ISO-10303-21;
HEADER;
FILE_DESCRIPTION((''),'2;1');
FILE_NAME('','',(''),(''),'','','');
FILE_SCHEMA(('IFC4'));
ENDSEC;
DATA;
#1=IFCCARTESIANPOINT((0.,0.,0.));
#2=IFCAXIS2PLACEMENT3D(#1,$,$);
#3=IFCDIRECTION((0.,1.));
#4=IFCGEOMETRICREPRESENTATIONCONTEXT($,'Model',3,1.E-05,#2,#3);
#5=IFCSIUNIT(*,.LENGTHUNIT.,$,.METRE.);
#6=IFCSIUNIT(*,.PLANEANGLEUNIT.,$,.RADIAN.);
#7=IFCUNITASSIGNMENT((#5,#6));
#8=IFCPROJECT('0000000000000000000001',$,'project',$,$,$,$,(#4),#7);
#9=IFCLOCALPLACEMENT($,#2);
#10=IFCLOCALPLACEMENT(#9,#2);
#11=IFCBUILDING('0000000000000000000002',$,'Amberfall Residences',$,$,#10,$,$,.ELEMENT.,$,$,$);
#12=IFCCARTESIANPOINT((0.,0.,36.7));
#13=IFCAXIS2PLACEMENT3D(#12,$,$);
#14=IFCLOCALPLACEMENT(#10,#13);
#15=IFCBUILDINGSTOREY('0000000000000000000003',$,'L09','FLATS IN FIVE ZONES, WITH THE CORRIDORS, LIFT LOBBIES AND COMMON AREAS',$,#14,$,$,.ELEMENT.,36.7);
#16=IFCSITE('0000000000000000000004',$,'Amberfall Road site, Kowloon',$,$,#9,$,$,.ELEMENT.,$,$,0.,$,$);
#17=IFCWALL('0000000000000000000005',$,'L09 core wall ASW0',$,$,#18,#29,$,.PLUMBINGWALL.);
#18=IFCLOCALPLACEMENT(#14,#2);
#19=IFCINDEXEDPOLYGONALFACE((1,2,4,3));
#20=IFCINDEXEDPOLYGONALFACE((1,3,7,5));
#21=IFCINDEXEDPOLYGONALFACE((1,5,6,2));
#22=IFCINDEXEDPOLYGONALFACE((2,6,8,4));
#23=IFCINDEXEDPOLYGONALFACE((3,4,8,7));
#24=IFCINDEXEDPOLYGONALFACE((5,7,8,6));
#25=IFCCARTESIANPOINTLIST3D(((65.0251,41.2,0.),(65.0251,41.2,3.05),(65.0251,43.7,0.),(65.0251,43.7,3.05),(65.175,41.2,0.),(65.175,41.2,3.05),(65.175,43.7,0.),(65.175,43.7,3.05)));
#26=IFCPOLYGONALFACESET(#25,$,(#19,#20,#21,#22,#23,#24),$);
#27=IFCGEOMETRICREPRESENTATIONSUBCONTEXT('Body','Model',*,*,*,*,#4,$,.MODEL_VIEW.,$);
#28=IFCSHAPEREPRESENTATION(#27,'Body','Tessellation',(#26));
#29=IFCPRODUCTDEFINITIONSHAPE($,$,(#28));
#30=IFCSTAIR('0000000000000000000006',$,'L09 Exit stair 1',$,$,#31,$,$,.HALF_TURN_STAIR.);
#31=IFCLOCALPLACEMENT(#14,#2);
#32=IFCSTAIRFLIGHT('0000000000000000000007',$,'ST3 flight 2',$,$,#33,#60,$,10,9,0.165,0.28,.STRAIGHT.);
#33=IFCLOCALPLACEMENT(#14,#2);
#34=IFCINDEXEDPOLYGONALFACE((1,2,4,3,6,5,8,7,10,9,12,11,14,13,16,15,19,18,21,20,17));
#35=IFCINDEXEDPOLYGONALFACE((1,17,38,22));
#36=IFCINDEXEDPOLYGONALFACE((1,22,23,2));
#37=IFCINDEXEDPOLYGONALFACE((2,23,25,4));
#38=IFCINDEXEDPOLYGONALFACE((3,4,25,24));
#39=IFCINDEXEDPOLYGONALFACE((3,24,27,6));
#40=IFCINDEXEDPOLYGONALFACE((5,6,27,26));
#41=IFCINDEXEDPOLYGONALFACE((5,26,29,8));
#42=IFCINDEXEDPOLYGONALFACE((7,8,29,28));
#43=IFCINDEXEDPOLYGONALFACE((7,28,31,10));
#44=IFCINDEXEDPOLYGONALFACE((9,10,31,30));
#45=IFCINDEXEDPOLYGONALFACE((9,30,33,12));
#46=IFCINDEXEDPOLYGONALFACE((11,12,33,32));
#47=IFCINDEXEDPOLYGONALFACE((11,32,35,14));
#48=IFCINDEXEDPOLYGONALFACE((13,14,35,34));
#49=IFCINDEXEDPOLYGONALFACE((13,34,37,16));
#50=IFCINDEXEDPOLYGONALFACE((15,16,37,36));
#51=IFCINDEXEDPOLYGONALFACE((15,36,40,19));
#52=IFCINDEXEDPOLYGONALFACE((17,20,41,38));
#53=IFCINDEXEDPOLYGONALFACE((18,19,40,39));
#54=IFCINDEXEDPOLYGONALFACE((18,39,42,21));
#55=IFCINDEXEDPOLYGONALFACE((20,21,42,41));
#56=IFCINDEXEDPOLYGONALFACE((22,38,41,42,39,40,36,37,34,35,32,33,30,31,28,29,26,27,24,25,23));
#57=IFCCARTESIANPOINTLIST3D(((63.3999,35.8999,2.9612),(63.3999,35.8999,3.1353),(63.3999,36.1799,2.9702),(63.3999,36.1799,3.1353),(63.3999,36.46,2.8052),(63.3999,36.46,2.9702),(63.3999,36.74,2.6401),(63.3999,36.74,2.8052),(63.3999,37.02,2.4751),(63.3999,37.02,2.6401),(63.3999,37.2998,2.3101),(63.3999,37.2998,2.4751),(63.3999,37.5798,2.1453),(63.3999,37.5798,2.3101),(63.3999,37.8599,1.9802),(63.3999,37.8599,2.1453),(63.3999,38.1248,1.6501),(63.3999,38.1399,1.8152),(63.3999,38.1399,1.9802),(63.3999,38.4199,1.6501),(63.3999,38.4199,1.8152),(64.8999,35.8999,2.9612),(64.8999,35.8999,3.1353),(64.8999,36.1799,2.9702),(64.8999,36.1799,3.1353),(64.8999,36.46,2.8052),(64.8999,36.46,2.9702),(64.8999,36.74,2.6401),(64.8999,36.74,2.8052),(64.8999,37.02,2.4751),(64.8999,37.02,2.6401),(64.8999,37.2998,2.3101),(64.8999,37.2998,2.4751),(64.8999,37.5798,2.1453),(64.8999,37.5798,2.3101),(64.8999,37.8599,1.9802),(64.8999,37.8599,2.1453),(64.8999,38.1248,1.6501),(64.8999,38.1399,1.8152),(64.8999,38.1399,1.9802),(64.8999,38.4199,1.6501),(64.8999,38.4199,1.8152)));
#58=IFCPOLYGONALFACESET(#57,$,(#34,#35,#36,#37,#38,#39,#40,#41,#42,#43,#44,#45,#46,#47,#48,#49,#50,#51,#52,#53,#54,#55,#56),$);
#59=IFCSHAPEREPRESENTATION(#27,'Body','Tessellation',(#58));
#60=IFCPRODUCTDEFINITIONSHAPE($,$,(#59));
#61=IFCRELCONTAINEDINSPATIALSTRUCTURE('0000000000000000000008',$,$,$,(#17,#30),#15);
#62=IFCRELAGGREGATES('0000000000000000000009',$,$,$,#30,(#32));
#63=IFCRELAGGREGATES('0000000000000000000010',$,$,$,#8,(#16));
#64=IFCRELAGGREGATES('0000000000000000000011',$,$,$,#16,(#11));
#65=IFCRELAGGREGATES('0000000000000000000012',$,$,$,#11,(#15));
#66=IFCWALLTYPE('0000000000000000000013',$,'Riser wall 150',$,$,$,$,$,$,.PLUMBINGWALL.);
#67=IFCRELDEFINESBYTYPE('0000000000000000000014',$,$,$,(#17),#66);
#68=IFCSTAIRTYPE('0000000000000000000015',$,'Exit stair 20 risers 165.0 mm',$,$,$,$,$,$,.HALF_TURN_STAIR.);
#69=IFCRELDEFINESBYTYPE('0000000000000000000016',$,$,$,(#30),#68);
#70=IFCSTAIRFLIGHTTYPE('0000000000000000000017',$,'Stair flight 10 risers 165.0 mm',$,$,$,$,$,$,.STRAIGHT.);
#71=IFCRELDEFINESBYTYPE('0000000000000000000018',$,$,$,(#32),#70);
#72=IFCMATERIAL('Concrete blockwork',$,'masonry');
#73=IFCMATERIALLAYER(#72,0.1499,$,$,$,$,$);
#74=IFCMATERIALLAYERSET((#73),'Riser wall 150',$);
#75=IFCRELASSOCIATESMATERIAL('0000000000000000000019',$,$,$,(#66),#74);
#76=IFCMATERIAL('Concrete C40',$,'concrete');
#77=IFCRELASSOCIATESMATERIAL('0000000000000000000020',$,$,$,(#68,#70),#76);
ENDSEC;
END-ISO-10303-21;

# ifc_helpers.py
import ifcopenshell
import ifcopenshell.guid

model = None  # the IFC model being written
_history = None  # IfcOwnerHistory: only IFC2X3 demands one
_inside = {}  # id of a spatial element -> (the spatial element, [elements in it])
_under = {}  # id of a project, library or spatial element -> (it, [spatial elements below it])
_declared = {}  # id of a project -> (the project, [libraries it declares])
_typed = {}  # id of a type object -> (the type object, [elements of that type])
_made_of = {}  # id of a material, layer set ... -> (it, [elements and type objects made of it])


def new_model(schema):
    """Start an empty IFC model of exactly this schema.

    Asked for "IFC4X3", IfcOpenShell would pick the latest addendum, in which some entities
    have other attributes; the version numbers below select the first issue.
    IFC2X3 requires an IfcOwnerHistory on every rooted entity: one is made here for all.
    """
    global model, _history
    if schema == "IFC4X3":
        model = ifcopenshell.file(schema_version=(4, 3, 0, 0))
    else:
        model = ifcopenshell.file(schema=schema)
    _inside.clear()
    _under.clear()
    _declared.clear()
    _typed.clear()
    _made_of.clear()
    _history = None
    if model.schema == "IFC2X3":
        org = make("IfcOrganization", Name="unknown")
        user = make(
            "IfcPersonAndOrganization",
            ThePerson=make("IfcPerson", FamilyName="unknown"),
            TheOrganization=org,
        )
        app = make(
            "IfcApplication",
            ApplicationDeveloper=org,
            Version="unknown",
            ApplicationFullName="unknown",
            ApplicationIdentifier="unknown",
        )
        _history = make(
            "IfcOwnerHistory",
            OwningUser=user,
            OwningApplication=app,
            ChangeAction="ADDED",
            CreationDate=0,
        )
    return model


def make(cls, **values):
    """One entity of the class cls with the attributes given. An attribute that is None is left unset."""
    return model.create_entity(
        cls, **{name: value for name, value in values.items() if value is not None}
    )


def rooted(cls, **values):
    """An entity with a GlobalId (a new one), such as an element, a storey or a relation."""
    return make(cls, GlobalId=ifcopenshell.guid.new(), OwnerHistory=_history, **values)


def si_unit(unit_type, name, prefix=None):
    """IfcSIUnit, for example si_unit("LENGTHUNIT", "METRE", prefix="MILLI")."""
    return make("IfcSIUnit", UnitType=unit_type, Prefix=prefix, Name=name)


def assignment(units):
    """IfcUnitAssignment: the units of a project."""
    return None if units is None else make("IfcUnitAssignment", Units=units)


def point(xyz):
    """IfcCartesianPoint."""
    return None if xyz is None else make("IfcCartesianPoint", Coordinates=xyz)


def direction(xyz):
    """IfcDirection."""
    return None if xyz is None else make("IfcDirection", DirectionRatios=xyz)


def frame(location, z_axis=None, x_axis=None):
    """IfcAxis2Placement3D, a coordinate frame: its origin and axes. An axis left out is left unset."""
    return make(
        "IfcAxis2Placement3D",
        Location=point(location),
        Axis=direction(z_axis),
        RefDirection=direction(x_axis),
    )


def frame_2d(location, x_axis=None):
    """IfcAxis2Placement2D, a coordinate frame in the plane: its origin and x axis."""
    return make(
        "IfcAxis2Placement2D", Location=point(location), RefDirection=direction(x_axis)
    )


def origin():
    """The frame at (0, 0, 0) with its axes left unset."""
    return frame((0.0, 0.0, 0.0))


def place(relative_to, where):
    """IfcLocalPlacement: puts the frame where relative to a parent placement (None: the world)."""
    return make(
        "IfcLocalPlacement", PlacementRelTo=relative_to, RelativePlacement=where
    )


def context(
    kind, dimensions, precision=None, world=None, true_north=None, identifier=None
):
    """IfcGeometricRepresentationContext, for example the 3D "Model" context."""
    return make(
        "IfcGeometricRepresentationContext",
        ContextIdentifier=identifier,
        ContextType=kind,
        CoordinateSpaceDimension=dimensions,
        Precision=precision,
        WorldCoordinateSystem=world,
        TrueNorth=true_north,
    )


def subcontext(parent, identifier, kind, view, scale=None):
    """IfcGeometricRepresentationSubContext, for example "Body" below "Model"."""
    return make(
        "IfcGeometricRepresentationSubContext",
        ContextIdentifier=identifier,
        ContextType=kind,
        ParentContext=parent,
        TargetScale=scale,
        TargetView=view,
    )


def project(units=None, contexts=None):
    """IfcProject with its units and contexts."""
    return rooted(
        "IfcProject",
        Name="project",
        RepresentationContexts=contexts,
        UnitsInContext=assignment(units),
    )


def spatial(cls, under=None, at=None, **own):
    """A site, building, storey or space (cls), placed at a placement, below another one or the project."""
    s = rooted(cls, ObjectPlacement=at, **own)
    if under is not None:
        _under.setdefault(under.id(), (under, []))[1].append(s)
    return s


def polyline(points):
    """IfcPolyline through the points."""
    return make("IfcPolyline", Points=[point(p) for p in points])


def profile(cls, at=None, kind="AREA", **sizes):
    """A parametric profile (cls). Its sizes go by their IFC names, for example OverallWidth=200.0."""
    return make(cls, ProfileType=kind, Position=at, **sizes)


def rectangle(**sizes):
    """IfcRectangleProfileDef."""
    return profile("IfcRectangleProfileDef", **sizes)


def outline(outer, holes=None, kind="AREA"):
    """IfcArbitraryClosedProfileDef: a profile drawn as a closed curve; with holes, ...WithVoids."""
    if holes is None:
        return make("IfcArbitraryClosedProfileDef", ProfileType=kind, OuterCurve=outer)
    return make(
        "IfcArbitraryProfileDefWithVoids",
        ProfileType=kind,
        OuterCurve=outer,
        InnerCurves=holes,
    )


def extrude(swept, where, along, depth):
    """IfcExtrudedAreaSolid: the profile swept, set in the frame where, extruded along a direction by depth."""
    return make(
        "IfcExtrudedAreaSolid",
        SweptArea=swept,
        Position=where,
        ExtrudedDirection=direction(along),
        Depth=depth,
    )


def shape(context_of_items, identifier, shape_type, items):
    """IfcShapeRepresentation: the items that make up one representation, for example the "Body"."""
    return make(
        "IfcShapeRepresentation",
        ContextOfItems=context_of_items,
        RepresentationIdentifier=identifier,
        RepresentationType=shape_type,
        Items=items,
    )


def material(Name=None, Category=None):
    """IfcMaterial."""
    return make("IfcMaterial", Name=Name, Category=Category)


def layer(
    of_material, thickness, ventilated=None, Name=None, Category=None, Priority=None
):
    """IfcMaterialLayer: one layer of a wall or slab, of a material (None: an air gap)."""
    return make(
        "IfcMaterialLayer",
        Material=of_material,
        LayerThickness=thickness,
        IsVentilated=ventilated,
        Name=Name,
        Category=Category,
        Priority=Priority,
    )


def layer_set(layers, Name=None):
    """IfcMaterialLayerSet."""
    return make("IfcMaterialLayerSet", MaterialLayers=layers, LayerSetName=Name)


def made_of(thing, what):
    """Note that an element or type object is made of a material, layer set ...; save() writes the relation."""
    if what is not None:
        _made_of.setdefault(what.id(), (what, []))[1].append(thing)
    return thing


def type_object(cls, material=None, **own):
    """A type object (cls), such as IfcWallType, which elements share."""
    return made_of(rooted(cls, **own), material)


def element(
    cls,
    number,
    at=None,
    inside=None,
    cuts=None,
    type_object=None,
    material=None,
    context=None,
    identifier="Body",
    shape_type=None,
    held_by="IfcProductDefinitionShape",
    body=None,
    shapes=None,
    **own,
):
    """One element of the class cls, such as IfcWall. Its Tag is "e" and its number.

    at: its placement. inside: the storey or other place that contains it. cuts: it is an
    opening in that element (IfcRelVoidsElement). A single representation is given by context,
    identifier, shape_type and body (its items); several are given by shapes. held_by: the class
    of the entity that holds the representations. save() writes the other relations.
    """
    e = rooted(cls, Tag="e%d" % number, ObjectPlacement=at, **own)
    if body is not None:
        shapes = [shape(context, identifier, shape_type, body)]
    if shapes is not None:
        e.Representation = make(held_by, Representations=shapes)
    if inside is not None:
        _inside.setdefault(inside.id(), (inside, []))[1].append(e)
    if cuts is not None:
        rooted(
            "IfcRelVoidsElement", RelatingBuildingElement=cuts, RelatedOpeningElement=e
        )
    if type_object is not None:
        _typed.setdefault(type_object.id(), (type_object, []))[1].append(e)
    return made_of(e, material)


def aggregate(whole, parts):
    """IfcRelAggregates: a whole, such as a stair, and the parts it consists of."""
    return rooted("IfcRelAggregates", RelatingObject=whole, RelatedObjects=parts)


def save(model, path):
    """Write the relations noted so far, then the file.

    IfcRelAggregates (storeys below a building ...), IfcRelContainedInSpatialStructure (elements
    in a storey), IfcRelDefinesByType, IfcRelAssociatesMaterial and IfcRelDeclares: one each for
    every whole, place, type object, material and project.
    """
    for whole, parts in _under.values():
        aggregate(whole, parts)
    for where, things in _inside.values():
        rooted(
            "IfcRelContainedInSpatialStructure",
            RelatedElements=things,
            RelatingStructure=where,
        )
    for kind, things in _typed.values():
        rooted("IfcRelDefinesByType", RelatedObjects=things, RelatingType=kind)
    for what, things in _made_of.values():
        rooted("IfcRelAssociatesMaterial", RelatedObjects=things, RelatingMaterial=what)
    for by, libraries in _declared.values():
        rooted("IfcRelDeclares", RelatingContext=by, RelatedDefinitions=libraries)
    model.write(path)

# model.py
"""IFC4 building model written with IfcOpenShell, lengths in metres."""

from ifc_helpers import new_model, si_unit, direction, frame, frame_2d, origin, place, context, subcontext, project, spatial, polyline, rectangle, outline, extrude, material, layer, layer_set, type_object, element, aggregate, save


model = new_model("IFC4")

# Units and contexts
model_context = context("Model", 3, precision=1e-05, world=origin(), true_north=direction((0.0, 1.0)))
body_context = subcontext(model_context, "Body", "Model", "MODEL_VIEW")
ifc_project = project(units=[si_unit("LENGTHUNIT", "METRE"), si_unit("PLANEANGLEUNIT", "RADIAN")], contexts=[model_context])

# Site, building, storey
site_placement = place(None, origin())
site = spatial("IfcSite", under=ifc_project, at=site_placement, Name="Amberfall Road site, Kowloon", CompositionType="ELEMENT", RefElevation=0.0)
building_placement = place(site_placement, origin())
building = spatial("IfcBuilding", under=site, at=building_placement, Name="Amberfall Residences", CompositionType="ELEMENT")
storey_placement = place(building_placement, frame((0.0, 0.0, 36.7)))
storey = spatial("IfcBuildingStorey", under=building, at=storey_placement, Name="L09", Description="FLATS IN FIVE ZONES, WITH THE CORRIDORS, LIFT LOBBIES AND COMMON AREAS", CompositionType="ELEMENT", Elevation=36.7)

# Wall
ifc_material_1 = material(Name="Concrete blockwork", Category="masonry")
ifc_layer_1 = layer(ifc_material_1, 0.1499)
ifc_layer_set_1 = layer_set([ifc_layer_1], Name="Riser wall 150")
wall_type_1 = type_object("IfcWallType", Name="Riser wall 150", PredefinedType="PLUMBINGWALL", material=ifc_layer_set_1)
wall_1_placement = place(storey_placement, frame((65.1001, 41.2, 0.0), z_axis=(0.0, 0.0, 1.0), x_axis=(0.0, 1.0, 0.0)))
element("IfcWall", 1, at=wall_1_placement, inside=storey, type_object=wall_type_1, Name="L09 core wall ASW0", PredefinedType="PLUMBINGWALL", context=body_context, shape_type="SweptSolid", body=[
    extrude(rectangle(XDim=2.5, YDim=0.1499, at=frame_2d((1.25, 0.0))), origin(), (0.0, 0.0, 1.0), 3.05),
])

# Stair, stair flight
ifc_material_2 = material(Name="Concrete C40", Category="concrete")
stair_type = type_object("IfcStairType", Name="Exit stair 20 risers 165.0 mm", PredefinedType="HALF_TURN_STAIR", material=ifc_material_2)
stair_placement = place(storey_placement, origin())
stair = element("IfcStair", 2, at=stair_placement, inside=storey, type_object=stair_type, Name="L09 Exit stair 1", PredefinedType="HALF_TURN_STAIR")
stair_flight_type = type_object("IfcStairFlightType", Name="Stair flight 10 risers 165.0 mm", PredefinedType="STRAIGHT", material=ifc_material_2)
stair_flight_placement = place(storey_placement, frame((64.1499, 38.4199, 1.6501), z_axis=(0.0, 0.0, 1.0), x_axis=(0.0, -1.0, 0.0)))
stair_flight = element("IfcStairFlight", 3, at=stair_flight_placement, type_object=stair_flight_type, Name="ST3 flight 2", NumberOfRisers=10, NumberOfTreads=9, PredefinedType="STRAIGHT", RiserHeight=0.165, TreadLength=0.28, context=body_context, shape_type="SweptSolid", body=[
    extrude(outline(polyline([(0.0, 0.0), (0.0, 0.165), (0.28, 0.165), (0.28, 0.3301), (0.5601, 0.3301), (0.5601, 0.4951), (0.8401, 0.4951), (0.8401, 0.6599), (1.1201, 0.6599), (1.1201, 0.825), (1.3999, 0.825), (1.3999, 0.99), (1.6799, 0.99), (1.6799, 1.155), (1.96, 1.155), (1.96, 1.3201), (2.24, 1.3201), (2.24, 1.4851), (2.52, 1.4851), (2.52, 1.6499), (2.52, 1.311), (0.2952, 0.0), (0.0, 0.0)])), frame((0.0, 0.75, 0.0), z_axis=(0.0, -1.0, 0.0), x_axis=(1.0, 0.0, 0.0)), (0.0, 0.0, 1.0), 1.5),
])
aggregate(stair, [stair_flight])

save(model, "model.ifc")
